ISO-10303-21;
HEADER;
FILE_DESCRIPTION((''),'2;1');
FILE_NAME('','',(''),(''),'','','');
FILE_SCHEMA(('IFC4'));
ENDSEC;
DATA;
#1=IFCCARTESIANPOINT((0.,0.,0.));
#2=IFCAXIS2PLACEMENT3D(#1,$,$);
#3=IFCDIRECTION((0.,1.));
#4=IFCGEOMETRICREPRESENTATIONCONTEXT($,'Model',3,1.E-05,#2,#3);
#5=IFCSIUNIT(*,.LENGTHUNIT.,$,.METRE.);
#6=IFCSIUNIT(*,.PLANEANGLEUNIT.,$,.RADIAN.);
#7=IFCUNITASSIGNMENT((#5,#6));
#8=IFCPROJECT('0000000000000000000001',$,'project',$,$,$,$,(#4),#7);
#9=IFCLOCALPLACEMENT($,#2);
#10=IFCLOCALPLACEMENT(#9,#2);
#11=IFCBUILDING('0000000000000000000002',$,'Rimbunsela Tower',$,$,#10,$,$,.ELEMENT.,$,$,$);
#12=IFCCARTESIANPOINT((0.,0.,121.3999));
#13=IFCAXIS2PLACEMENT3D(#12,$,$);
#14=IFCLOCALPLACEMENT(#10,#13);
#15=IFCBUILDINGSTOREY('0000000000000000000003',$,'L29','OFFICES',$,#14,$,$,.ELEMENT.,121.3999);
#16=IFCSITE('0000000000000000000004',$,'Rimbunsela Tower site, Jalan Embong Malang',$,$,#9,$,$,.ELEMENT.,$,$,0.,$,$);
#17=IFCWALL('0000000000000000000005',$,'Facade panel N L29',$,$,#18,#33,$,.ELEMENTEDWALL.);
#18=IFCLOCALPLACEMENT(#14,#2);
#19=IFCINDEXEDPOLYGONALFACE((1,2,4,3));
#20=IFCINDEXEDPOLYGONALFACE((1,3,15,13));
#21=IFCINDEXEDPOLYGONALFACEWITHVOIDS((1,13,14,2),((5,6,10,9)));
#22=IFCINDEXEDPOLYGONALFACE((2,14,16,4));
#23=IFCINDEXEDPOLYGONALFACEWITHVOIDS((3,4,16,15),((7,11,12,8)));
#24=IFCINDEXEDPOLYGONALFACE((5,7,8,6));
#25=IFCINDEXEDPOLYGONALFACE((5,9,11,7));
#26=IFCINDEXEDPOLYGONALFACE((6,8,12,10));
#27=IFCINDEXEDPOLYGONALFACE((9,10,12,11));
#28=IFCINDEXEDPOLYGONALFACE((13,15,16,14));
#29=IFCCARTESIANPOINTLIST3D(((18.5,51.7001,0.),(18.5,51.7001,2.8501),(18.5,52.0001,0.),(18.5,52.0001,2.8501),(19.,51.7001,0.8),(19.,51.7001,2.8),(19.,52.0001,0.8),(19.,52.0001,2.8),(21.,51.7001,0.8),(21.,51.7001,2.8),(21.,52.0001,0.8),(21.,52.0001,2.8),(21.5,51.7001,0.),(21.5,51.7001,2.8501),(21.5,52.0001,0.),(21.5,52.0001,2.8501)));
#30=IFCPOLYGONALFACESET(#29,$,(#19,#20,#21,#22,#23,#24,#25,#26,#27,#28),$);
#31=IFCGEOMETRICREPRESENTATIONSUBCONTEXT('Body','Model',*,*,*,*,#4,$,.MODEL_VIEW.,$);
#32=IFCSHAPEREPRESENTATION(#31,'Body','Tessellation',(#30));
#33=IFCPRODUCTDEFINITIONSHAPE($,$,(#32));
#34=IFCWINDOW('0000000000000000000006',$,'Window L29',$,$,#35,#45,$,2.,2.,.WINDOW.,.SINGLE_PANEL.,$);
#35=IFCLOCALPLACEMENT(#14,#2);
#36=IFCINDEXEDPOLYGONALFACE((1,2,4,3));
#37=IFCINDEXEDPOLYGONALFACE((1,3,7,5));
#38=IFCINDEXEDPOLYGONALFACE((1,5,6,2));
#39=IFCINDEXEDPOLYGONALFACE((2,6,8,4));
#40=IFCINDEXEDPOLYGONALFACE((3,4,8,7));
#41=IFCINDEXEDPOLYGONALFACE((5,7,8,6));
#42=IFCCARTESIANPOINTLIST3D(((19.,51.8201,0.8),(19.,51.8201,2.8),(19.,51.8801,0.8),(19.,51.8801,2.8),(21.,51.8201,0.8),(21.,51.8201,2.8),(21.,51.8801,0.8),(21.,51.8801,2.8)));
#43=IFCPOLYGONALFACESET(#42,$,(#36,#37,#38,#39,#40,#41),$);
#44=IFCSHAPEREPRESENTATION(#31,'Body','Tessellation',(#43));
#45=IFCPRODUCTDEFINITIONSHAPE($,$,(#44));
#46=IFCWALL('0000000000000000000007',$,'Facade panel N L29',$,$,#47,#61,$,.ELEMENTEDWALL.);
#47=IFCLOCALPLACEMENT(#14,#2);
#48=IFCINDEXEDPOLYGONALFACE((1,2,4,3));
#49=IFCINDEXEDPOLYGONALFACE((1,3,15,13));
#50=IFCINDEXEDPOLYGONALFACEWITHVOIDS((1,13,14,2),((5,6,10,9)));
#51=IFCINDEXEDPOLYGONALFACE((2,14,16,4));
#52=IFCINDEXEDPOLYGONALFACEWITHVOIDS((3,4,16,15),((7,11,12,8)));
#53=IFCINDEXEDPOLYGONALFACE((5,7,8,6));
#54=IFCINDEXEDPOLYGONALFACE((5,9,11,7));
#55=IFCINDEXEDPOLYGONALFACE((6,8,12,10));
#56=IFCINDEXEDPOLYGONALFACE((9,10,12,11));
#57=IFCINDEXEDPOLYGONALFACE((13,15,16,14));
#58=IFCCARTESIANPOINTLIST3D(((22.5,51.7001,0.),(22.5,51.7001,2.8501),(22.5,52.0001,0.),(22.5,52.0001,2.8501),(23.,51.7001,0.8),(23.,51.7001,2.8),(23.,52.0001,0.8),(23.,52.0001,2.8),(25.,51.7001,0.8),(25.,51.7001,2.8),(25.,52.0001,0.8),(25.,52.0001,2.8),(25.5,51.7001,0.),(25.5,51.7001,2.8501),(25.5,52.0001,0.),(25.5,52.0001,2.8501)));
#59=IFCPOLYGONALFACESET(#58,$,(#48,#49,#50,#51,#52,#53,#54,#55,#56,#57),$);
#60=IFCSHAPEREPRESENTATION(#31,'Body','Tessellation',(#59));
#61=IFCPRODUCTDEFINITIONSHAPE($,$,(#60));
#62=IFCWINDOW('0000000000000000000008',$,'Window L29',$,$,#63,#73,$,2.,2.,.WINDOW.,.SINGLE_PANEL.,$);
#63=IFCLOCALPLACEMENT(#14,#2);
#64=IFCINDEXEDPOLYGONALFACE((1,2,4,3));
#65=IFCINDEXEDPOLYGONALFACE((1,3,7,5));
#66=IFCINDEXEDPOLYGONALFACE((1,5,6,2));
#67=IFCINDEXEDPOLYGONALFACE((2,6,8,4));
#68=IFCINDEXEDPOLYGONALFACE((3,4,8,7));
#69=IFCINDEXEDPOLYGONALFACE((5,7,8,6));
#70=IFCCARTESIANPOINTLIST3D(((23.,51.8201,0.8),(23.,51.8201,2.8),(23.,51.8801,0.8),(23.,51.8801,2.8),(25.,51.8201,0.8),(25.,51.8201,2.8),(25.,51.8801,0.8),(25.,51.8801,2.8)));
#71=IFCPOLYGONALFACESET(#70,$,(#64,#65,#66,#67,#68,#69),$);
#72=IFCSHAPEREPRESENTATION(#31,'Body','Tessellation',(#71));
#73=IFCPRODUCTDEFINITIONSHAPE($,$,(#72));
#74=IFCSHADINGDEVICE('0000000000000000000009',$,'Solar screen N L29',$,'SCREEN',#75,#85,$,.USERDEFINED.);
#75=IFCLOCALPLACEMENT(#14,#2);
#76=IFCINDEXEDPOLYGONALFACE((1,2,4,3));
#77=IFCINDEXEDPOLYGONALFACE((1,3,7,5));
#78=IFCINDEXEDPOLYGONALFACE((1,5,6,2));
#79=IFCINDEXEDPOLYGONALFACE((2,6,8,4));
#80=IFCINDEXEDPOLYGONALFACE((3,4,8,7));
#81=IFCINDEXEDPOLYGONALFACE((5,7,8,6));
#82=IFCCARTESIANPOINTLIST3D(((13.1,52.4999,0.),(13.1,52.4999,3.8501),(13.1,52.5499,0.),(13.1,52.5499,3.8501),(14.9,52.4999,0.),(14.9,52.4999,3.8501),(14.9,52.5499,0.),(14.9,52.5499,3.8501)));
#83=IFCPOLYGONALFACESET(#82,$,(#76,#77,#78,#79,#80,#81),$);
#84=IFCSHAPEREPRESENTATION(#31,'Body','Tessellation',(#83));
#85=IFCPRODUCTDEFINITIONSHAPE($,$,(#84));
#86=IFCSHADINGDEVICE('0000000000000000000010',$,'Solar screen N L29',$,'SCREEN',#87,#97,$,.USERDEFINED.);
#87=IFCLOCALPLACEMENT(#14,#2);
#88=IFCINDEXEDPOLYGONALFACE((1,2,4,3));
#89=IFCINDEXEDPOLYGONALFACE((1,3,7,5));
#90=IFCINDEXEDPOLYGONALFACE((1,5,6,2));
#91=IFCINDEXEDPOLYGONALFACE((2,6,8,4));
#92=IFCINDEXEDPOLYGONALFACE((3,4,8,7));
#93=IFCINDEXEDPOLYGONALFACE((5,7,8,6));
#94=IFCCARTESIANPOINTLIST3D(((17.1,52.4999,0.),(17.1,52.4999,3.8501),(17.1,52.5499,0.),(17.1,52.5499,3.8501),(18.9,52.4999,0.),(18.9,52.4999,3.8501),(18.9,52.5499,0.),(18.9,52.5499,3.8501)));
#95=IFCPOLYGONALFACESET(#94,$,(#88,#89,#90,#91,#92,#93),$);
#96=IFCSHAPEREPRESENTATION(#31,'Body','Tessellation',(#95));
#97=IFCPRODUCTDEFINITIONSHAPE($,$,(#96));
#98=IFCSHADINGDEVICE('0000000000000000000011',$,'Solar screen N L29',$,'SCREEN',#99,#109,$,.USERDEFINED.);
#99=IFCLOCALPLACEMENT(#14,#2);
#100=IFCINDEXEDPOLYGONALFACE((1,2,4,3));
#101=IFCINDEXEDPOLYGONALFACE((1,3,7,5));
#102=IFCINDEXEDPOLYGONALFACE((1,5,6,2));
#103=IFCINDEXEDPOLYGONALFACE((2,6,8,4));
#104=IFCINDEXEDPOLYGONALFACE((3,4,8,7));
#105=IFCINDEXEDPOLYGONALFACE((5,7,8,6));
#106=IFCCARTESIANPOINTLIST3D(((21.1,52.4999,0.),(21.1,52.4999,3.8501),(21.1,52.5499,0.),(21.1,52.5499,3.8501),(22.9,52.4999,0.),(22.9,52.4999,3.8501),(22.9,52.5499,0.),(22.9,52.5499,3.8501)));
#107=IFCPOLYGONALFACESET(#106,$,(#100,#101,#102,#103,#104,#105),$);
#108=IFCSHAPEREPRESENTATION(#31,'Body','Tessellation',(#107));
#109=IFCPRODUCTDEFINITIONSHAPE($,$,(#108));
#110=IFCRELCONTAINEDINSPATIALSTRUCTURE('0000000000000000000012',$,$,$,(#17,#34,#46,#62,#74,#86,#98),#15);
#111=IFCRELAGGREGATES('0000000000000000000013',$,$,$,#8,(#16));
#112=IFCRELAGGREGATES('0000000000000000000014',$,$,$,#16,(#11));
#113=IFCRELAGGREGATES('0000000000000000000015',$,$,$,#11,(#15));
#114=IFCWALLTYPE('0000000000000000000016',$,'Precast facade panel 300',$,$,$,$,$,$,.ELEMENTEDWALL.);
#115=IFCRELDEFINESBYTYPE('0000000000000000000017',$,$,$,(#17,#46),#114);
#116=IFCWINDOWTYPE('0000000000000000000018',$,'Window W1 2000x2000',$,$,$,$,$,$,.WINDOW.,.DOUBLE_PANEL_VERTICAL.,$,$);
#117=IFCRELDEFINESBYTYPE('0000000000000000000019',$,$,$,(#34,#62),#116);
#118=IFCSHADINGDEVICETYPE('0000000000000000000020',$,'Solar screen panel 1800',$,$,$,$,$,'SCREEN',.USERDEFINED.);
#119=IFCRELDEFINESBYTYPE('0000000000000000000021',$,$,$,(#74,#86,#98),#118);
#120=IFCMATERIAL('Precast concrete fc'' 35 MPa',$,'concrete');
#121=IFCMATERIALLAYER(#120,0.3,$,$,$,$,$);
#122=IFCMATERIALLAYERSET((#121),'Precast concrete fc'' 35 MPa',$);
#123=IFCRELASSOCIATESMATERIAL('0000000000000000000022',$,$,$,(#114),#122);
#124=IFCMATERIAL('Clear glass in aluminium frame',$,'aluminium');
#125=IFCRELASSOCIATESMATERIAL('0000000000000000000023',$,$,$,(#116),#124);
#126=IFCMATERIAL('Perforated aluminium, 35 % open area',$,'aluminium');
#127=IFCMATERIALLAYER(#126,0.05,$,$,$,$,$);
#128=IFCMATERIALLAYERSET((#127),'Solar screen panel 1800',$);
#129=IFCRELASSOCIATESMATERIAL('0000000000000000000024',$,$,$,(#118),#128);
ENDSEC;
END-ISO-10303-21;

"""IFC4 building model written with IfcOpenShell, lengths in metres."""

from ifc_helpers import new_model, si_unit, direction, frame, frame_2d, origin, origin_2d, place, context, subcontext, project, spatial, rectangle, extrude, material, layer, layer_set, type_object, element, fill, save


model = new_model("IFC4")

# Units and contexts
model_context = context("Model", 3, precision=1e-05, world=origin(), true_north=direction((0.0, 1.0)))
body_context = subcontext(model_context, "Body", "Model", "MODEL_VIEW")
ifc_project = project(units=[si_unit("LENGTHUNIT", "METRE"), si_unit("PLANEANGLEUNIT", "RADIAN")], contexts=[model_context])

# Site, building, storey
site_placement = place(None, origin())
site = spatial("IfcSite", under=ifc_project, at=site_placement, Name="Rimbunsela Tower site, Jalan Embong Malang", CompositionType="ELEMENT", RefElevation=0.0)
building_placement = place(site_placement, origin())
building = spatial("IfcBuilding", under=site, at=building_placement, Name="Rimbunsela Tower", CompositionType="ELEMENT")
storey_placement = place(building_placement, frame((0.0, 0.0, 121.3999)))
storey = spatial("IfcBuildingStorey", under=building, at=storey_placement, Name="L29", Description="OFFICES", CompositionType="ELEMENT", Elevation=121.3999)

# Walls, openings, windows
ifc_material_1 = material(Name="Precast concrete fc' 35 MPa", Category="concrete")
ifc_layer_1 = layer(ifc_material_1, 0.3)
ifc_layer_set_1 = layer_set([ifc_layer_1], Name="Precast concrete fc' 35 MPa")
wall_type_1 = type_object("IfcWallType", Name="Precast facade panel 300", PredefinedType="ELEMENTEDWALL", material=ifc_layer_set_1)
ifc_material_2 = material(Name="Clear glass in aluminium frame", Category="aluminium")
window_type = type_object("IfcWindowType", Name="Window W1 2000x2000", PartitioningType="DOUBLE_PANEL_VERTICAL", PredefinedType="WINDOW", material=ifc_material_2)
wall_1_placement = place(storey_placement, frame((21.5, 51.8501, 0.0), z_axis=(0.0, 0.0, 1.0), x_axis=(-1.0, 0.0, 0.0)))
wall_1 = element("IfcWall", 1, at=wall_1_placement, inside=storey, type_object=wall_type_1, Name="Facade panel N L29", PredefinedType="ELEMENTEDWALL", context=body_context, shape_type="SweptSolid", body=[
    extrude(rectangle(XDim=3.0, YDim=0.3, at=frame_2d((1.5, 0.0))), origin(), (0.0, 0.0, 1.0), 2.8501),
])
opening_1_placement = place(wall_1_placement, frame((0.5, 0.0, 0.8)))
opening_1 = element("IfcOpeningElement", 2, at=opening_1_placement, cuts=wall_1, PredefinedType="OPENING", context=body_context, shape_type="SweptSolid", body=[
    extrude(rectangle(XDim=2.0, YDim=2.0, at=frame_2d((1.0, 1.0))), frame((0.0, 0.1599, 0.0), z_axis=(0.0, -1.0, 0.0), x_axis=(1.0, 0.0, 0.0)), (0.0, 0.0, 1.0), 0.3201),
])
window_1_placement = place(opening_1_placement, origin())
window_1 = element("IfcWindow", 3, at=window_1_placement, inside=storey, type_object=window_type, Name="Window L29", OverallHeight=2.0, OverallWidth=2.0, PartitioningType="SINGLE_PANEL", PredefinedType="WINDOW", context=body_context, shape_type="SweptSolid", body=[
    extrude(rectangle(XDim=2.0, YDim=2.0, at=frame_2d((1.0, 1.0))), frame((0.0, 0.03, 0.0), z_axis=(0.0, -1.0, 0.0), x_axis=(1.0, 0.0, 0.0)), (0.0, 0.0, 1.0), 0.0601),
])
fill(opening_1, window_1)
wall_2_placement = place(storey_placement, frame((25.5, 51.8501, 0.0), z_axis=(0.0, 0.0, 1.0), x_axis=(-1.0, 0.0, 0.0)))
wall_2 = element("IfcWall", 4, at=wall_2_placement, inside=storey, type_object=wall_type_1, Name="Facade panel N L29", PredefinedType="ELEMENTEDWALL", context=body_context, shape_type="SweptSolid", body=[
    extrude(rectangle(XDim=3.0, YDim=0.3, at=frame_2d((1.5, 0.0))), origin(), (0.0, 0.0, 1.0), 2.8501),
])
opening_2_placement = place(wall_2_placement, frame((0.5, 0.0, 0.8)))
opening_2 = element("IfcOpeningElement", 5, at=opening_2_placement, cuts=wall_2, PredefinedType="OPENING", context=body_context, shape_type="SweptSolid", body=[
    extrude(rectangle(XDim=2.0, YDim=2.0, at=frame_2d((1.0, 1.0))), frame((0.0, 0.1599, 0.0), z_axis=(0.0, -1.0, 0.0), x_axis=(1.0, 0.0, 0.0)), (0.0, 0.0, 1.0), 0.3201),
])
window_2_placement = place(opening_2_placement, origin())
window_2 = element("IfcWindow", 6, at=window_2_placement, inside=storey, type_object=window_type, Name="Window L29", OverallHeight=2.0, OverallWidth=2.0, PartitioningType="SINGLE_PANEL", PredefinedType="WINDOW", context=body_context, shape_type="SweptSolid", body=[
    extrude(rectangle(XDim=2.0, YDim=2.0, at=frame_2d((1.0, 1.0))), frame((0.0, 0.03, 0.0), z_axis=(0.0, -1.0, 0.0), x_axis=(1.0, 0.0, 0.0)), (0.0, 0.0, 1.0), 0.0601),
])
fill(opening_2, window_2)

# Shading devices
ifc_material_3 = material(Name="Perforated aluminium, 35 % open area", Category="aluminium")
ifc_layer_2 = layer(ifc_material_3, 0.05)
ifc_layer_set_2 = layer_set([ifc_layer_2], Name="Solar screen panel 1800")
shading_device_type = type_object("IfcShadingDeviceType", Name="Solar screen panel 1800", ElementType="SCREEN", PredefinedType="USERDEFINED", material=ifc_layer_set_2)
for number, where, z_axis, x_axis, name in (
    (7, (14.0, 52.5249, 0.0), (0.0, 0.0, 1.0), (1.0, 0.0, 0.0), "Solar screen N L29"),
    (8, (18.0, 52.5249, 0.0), (0.0, 0.0, 1.0), (1.0, 0.0, 0.0), "Solar screen N L29"),
    (9, (22.0, 52.5249, 0.0), (0.0, 0.0, 1.0), (1.0, 0.0, 0.0), "Solar screen N L29"),
):
    element("IfcShadingDevice", number, at=place(storey_placement, frame(where, z_axis=z_axis, x_axis=x_axis)), inside=storey, type_object=shading_device_type, Name=name, ObjectType="SCREEN", PredefinedType="USERDEFINED", context=body_context, shape_type="SweptSolid", body=[
        extrude(rectangle(XDim=1.8, YDim=0.05, at=origin_2d()), origin(), (0.0, 0.0, 1.0), 3.8501),
    ])

save(model, "model.ifc")
